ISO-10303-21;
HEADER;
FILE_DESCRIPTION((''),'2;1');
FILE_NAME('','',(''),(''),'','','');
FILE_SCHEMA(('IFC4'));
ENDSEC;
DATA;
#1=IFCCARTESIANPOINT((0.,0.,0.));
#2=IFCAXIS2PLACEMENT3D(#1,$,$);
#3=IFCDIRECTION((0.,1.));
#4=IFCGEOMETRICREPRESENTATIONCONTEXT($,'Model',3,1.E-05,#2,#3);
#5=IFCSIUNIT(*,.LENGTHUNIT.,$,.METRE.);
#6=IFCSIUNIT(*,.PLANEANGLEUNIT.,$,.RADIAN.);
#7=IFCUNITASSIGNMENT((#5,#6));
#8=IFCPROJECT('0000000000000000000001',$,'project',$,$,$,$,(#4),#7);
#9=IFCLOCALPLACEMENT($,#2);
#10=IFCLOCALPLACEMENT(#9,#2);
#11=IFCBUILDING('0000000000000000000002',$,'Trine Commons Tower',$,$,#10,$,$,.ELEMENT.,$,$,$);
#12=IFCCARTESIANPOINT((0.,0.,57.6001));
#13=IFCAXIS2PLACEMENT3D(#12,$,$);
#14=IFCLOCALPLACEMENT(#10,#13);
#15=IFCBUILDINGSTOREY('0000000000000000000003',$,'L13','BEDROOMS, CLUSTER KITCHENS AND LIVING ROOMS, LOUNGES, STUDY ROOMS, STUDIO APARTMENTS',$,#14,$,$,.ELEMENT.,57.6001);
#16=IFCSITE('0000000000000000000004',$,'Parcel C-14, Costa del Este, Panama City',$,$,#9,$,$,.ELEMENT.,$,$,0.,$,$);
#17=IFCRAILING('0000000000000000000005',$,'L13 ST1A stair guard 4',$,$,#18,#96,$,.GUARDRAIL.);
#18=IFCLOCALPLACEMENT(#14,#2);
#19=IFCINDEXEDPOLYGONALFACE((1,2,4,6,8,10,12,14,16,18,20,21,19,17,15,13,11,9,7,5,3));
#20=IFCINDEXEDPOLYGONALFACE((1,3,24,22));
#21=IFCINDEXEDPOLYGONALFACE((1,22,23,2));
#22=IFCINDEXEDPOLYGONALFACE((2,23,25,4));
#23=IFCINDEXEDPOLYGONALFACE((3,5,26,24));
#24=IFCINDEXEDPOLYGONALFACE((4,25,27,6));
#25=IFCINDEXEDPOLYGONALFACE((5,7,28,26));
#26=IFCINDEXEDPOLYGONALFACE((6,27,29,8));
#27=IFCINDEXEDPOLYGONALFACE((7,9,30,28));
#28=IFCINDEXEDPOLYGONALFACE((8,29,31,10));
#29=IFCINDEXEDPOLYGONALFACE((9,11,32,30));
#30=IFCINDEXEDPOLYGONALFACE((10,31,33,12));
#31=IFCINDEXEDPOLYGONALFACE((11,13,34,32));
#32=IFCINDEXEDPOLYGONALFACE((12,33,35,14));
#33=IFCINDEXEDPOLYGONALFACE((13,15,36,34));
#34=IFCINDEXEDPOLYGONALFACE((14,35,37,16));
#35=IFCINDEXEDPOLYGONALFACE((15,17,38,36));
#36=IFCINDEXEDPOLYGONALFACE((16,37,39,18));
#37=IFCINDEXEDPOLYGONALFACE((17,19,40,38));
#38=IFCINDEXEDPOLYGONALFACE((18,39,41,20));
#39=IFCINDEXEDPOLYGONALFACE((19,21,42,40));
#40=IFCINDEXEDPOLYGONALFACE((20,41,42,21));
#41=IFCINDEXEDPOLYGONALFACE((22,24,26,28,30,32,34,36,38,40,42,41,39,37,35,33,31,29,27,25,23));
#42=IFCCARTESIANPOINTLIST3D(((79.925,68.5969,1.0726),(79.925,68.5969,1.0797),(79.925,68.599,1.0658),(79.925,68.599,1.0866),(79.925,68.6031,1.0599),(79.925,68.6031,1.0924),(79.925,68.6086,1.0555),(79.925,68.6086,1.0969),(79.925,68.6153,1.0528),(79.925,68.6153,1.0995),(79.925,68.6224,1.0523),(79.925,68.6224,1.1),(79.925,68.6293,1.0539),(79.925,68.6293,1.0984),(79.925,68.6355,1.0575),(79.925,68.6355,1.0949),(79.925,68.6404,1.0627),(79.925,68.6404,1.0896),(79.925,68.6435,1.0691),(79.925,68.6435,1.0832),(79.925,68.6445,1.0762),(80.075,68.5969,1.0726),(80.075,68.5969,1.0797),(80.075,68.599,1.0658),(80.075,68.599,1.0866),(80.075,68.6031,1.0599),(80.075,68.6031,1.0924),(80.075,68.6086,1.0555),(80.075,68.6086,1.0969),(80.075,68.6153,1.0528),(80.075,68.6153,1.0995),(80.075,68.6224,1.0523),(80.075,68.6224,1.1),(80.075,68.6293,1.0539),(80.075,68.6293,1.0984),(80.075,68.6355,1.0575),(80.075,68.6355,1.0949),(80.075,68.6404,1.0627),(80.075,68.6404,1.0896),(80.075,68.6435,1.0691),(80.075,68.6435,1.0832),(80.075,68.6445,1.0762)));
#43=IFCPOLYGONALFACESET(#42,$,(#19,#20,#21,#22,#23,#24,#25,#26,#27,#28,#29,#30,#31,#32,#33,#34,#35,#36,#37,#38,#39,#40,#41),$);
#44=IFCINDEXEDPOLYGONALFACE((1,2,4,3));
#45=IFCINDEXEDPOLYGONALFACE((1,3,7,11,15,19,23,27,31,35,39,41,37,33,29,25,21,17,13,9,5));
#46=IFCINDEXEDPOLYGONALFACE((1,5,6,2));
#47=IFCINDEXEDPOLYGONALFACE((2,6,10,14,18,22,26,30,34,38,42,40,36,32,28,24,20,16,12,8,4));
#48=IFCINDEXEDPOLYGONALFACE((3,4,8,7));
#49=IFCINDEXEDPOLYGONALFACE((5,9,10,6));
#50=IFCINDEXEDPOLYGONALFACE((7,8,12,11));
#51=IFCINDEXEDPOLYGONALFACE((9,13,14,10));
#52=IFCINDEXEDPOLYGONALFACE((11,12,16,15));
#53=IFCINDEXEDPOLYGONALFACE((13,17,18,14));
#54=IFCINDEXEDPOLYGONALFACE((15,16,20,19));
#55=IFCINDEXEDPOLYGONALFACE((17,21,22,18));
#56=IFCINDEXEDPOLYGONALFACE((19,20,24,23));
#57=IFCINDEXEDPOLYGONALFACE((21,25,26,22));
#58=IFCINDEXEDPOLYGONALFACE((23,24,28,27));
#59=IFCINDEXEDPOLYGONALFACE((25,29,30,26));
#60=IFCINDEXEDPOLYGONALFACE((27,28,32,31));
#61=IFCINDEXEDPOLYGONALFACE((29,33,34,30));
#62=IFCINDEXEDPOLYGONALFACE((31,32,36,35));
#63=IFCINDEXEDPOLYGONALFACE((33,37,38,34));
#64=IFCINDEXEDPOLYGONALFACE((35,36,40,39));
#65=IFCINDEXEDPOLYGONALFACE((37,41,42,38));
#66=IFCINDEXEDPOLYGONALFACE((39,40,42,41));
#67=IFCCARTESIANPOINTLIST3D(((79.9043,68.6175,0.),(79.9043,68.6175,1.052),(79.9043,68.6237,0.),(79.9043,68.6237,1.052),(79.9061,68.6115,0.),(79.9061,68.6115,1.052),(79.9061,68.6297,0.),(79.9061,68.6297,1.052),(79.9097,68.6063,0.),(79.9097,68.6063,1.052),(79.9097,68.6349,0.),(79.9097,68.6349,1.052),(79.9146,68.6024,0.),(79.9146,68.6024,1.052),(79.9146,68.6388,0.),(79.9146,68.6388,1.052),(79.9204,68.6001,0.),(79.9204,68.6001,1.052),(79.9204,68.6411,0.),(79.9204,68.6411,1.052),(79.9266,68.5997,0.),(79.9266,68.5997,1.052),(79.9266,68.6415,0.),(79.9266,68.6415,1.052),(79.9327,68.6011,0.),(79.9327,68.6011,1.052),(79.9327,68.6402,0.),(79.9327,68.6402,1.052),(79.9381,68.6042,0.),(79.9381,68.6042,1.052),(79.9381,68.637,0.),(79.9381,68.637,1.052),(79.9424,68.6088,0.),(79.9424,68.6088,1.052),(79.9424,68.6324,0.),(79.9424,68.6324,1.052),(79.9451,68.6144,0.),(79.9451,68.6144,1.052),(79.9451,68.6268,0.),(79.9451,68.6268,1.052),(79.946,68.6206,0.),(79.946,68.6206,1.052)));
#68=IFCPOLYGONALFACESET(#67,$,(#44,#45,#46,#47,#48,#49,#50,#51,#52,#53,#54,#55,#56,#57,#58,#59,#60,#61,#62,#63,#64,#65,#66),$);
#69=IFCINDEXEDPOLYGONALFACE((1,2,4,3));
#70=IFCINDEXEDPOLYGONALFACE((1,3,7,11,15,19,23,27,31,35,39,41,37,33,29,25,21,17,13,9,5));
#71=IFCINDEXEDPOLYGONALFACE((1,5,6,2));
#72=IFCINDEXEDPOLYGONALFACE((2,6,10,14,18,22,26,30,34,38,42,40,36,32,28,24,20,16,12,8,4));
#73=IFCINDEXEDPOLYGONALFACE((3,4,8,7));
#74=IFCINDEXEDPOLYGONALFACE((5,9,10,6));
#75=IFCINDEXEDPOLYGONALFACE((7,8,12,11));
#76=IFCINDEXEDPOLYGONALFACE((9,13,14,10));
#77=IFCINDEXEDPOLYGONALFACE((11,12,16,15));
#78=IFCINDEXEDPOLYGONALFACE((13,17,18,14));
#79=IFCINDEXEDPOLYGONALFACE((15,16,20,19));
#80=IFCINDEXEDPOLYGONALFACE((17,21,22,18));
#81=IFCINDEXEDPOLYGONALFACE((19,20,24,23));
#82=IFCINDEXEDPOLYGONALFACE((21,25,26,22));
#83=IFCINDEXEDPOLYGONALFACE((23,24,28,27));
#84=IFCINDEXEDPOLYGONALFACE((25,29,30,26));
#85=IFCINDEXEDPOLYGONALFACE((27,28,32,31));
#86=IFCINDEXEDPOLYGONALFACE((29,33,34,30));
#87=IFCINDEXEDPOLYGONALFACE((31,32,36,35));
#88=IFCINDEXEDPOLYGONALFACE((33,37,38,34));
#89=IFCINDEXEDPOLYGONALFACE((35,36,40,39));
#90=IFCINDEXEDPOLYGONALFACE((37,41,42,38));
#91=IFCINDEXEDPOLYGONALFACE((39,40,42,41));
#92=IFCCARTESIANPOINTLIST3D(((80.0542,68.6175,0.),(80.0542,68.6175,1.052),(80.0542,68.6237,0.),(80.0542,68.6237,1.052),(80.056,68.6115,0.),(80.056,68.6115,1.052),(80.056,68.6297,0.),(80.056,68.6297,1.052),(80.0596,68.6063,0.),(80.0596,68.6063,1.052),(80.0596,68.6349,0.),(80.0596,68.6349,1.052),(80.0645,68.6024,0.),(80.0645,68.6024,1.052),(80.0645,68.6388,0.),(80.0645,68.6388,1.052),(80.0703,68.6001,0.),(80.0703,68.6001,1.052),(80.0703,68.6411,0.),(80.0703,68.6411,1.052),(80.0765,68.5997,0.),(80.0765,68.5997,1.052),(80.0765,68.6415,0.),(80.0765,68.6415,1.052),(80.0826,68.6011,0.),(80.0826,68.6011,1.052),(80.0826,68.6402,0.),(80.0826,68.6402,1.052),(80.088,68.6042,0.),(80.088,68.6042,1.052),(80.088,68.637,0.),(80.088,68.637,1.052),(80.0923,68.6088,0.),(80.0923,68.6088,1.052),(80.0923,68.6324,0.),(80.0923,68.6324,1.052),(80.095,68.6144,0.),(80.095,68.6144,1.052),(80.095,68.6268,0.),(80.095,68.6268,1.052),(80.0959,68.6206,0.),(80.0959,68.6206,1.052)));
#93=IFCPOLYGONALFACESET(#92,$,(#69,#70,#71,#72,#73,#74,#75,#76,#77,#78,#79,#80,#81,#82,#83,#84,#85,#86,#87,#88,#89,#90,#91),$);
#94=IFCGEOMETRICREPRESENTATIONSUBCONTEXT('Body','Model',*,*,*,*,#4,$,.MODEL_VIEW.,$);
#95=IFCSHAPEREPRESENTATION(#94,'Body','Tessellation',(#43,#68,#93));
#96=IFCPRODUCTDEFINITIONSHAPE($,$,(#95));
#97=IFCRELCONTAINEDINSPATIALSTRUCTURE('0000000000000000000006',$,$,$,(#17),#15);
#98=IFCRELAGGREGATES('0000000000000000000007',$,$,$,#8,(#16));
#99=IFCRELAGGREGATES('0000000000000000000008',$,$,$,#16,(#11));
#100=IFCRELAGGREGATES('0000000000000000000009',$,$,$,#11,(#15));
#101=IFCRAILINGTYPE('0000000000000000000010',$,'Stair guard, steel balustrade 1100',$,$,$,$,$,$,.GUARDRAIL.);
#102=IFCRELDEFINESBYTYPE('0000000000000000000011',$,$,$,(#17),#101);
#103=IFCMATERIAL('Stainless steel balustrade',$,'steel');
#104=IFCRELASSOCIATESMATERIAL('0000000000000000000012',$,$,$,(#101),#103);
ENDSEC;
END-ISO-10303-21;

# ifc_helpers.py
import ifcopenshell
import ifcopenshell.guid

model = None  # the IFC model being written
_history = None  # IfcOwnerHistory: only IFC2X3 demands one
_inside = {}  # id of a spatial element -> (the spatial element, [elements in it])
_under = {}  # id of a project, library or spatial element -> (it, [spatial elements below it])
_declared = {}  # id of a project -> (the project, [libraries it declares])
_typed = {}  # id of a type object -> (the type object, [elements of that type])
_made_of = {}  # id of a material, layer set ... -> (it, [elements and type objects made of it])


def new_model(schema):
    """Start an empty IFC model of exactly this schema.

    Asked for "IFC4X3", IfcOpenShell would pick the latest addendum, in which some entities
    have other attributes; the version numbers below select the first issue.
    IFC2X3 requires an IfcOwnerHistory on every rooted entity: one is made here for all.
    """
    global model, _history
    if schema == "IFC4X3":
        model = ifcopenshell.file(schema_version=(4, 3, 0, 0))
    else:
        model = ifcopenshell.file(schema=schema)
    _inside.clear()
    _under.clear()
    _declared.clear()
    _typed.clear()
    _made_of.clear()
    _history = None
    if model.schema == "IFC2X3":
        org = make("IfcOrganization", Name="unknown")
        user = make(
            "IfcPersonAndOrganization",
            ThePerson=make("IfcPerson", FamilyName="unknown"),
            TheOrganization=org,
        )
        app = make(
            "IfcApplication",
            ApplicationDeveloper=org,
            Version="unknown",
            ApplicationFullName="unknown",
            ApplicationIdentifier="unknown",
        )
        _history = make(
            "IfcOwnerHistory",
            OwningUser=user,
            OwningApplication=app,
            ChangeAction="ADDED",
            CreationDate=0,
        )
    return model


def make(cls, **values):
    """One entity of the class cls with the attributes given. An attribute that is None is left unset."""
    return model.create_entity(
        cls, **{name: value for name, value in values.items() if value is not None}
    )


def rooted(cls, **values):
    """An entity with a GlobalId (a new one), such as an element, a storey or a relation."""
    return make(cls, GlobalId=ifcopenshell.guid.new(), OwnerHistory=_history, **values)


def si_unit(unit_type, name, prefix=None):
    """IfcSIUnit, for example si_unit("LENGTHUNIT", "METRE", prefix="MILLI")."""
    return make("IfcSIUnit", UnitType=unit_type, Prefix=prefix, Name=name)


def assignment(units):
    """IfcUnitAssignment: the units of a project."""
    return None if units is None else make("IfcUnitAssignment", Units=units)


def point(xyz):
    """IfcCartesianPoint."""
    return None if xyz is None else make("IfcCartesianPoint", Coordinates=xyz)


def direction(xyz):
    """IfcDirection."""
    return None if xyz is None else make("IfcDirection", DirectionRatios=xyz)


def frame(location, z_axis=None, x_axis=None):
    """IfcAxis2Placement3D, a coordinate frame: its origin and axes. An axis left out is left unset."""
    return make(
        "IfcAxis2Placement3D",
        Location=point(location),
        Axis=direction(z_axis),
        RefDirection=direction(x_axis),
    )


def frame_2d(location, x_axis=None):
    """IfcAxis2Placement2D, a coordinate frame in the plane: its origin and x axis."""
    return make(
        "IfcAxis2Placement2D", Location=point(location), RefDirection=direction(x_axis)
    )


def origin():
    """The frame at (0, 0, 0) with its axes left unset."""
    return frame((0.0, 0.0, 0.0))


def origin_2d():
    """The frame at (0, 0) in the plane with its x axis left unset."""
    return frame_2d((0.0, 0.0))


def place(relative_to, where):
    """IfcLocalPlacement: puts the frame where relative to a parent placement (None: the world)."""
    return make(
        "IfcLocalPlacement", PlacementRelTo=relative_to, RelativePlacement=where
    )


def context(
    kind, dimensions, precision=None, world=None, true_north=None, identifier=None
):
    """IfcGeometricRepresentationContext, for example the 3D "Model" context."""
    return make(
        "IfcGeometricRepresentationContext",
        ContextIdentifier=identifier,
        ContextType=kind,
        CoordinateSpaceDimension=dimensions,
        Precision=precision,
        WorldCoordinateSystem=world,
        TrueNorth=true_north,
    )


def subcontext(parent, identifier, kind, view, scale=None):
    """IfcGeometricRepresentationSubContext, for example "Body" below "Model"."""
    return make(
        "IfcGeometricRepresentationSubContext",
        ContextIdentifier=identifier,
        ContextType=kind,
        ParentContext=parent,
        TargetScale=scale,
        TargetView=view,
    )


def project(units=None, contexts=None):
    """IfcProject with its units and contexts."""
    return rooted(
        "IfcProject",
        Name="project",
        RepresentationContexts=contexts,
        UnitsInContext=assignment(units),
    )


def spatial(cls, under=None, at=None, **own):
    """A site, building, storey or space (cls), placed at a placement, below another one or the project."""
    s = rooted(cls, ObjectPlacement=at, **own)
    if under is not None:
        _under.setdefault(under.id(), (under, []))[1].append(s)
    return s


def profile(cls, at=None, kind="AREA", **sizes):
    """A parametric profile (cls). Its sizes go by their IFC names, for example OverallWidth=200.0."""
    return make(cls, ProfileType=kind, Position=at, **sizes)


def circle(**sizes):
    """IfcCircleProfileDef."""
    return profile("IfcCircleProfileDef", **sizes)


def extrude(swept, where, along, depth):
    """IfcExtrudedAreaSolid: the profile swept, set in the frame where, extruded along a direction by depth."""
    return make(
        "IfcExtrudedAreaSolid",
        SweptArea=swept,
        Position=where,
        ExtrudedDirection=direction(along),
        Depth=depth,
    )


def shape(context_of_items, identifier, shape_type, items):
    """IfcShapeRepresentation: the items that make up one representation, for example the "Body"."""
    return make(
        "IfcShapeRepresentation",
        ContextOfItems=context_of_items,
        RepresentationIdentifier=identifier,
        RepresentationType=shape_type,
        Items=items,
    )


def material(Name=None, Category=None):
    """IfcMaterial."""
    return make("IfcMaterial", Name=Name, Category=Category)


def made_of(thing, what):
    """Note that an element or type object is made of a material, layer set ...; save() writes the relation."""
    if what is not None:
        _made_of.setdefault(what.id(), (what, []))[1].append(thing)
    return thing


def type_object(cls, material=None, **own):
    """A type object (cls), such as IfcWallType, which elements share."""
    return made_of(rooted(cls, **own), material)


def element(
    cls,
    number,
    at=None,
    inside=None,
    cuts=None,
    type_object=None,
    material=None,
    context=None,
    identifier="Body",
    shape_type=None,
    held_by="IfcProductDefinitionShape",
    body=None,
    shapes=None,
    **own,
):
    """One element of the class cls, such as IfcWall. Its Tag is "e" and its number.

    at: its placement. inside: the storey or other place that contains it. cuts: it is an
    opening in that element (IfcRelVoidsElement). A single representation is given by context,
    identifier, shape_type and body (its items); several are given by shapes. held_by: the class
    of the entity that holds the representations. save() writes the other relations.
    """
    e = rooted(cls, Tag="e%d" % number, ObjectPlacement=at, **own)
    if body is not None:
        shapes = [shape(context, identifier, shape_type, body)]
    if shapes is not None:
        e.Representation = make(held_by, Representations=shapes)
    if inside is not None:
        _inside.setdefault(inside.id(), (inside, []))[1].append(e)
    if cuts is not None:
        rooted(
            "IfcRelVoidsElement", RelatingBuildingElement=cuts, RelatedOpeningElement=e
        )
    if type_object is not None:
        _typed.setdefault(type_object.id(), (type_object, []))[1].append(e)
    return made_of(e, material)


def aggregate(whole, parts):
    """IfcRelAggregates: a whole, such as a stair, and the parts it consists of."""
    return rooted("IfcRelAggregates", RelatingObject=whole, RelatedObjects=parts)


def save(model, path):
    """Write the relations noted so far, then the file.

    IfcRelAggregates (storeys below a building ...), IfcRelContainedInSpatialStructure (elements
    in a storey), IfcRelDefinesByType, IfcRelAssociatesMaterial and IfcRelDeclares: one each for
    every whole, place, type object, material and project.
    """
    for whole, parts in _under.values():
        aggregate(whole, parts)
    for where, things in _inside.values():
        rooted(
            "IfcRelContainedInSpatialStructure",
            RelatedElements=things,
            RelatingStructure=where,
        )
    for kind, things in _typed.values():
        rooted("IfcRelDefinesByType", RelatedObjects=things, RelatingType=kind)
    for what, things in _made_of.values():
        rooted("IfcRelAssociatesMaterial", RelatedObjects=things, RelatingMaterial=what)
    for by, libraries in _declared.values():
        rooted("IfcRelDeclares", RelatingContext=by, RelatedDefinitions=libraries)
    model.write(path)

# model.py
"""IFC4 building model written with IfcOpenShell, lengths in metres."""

from ifc_helpers import new_model, si_unit, direction, frame, origin, origin_2d, place, context, subcontext, project, spatial, circle, extrude, material, type_object, element, save


model = new_model("IFC4")

# Units and contexts
model_context = context("Model", 3, precision=1e-05, world=origin(), true_north=direction((0.0, 1.0)))
body_context = subcontext(model_context, "Body", "Model", "MODEL_VIEW")
ifc_project = project(units=[si_unit("LENGTHUNIT", "METRE"), si_unit("PLANEANGLEUNIT", "RADIAN")], contexts=[model_context])

# Site, building, storey
site_placement = place(None, origin())
site = spatial("IfcSite", under=ifc_project, at=site_placement, Name="Parcel C-14, Costa del Este, Panama City", CompositionType="ELEMENT", RefElevation=0.0)
building_placement = place(site_placement, origin())
building = spatial("IfcBuilding", under=site, at=building_placement, Name="Trine Commons Tower", CompositionType="ELEMENT")
storey_placement = place(building_placement, frame((0.0, 0.0, 57.6001)))
storey = spatial("IfcBuildingStorey", under=building, at=storey_placement, Name="L13", Description="BEDROOMS, CLUSTER KITCHENS AND LIVING ROOMS, LOUNGES, STUDY ROOMS, STUDIO APARTMENTS", CompositionType="ELEMENT", Elevation=57.6001)

# Railing
ifc_material_1 = material(Name="Stainless steel balustrade", Category="steel")
railing_type_1 = type_object("IfcRailingType", Name="Stair guard, steel balustrade 1100", PredefinedType="GUARDRAIL", material=ifc_material_1)
railing_1_placement = place(storey_placement, frame((79.925, 68.6206, 0.0)))
element("IfcRailing", 1, at=railing_1_placement, inside=storey, type_object=railing_type_1, Name="L13 ST1A stair guard 4", PredefinedType="GUARDRAIL", context=body_context, shape_type="SweptSolid", body=[
    extrude(circle(Radius=0.0239, at=origin_2d()), frame((0.0, 0.0, 1.0762), z_axis=(1.0, 0.0, 0.0), x_axis=(0.0, 1.0, 0.0)), (0.0, 0.0, 1.0), 0.1499),
    extrude(circle(Radius=0.021, at=origin_2d()), origin(), (0.0, 0.0, 1.0), 1.052),
    extrude(circle(Radius=0.021, at=origin_2d()), frame((0.1499, 0.0, 0.0)), (0.0, 0.0, 1.0), 1.052),
])

save(model, "model.ifc")
